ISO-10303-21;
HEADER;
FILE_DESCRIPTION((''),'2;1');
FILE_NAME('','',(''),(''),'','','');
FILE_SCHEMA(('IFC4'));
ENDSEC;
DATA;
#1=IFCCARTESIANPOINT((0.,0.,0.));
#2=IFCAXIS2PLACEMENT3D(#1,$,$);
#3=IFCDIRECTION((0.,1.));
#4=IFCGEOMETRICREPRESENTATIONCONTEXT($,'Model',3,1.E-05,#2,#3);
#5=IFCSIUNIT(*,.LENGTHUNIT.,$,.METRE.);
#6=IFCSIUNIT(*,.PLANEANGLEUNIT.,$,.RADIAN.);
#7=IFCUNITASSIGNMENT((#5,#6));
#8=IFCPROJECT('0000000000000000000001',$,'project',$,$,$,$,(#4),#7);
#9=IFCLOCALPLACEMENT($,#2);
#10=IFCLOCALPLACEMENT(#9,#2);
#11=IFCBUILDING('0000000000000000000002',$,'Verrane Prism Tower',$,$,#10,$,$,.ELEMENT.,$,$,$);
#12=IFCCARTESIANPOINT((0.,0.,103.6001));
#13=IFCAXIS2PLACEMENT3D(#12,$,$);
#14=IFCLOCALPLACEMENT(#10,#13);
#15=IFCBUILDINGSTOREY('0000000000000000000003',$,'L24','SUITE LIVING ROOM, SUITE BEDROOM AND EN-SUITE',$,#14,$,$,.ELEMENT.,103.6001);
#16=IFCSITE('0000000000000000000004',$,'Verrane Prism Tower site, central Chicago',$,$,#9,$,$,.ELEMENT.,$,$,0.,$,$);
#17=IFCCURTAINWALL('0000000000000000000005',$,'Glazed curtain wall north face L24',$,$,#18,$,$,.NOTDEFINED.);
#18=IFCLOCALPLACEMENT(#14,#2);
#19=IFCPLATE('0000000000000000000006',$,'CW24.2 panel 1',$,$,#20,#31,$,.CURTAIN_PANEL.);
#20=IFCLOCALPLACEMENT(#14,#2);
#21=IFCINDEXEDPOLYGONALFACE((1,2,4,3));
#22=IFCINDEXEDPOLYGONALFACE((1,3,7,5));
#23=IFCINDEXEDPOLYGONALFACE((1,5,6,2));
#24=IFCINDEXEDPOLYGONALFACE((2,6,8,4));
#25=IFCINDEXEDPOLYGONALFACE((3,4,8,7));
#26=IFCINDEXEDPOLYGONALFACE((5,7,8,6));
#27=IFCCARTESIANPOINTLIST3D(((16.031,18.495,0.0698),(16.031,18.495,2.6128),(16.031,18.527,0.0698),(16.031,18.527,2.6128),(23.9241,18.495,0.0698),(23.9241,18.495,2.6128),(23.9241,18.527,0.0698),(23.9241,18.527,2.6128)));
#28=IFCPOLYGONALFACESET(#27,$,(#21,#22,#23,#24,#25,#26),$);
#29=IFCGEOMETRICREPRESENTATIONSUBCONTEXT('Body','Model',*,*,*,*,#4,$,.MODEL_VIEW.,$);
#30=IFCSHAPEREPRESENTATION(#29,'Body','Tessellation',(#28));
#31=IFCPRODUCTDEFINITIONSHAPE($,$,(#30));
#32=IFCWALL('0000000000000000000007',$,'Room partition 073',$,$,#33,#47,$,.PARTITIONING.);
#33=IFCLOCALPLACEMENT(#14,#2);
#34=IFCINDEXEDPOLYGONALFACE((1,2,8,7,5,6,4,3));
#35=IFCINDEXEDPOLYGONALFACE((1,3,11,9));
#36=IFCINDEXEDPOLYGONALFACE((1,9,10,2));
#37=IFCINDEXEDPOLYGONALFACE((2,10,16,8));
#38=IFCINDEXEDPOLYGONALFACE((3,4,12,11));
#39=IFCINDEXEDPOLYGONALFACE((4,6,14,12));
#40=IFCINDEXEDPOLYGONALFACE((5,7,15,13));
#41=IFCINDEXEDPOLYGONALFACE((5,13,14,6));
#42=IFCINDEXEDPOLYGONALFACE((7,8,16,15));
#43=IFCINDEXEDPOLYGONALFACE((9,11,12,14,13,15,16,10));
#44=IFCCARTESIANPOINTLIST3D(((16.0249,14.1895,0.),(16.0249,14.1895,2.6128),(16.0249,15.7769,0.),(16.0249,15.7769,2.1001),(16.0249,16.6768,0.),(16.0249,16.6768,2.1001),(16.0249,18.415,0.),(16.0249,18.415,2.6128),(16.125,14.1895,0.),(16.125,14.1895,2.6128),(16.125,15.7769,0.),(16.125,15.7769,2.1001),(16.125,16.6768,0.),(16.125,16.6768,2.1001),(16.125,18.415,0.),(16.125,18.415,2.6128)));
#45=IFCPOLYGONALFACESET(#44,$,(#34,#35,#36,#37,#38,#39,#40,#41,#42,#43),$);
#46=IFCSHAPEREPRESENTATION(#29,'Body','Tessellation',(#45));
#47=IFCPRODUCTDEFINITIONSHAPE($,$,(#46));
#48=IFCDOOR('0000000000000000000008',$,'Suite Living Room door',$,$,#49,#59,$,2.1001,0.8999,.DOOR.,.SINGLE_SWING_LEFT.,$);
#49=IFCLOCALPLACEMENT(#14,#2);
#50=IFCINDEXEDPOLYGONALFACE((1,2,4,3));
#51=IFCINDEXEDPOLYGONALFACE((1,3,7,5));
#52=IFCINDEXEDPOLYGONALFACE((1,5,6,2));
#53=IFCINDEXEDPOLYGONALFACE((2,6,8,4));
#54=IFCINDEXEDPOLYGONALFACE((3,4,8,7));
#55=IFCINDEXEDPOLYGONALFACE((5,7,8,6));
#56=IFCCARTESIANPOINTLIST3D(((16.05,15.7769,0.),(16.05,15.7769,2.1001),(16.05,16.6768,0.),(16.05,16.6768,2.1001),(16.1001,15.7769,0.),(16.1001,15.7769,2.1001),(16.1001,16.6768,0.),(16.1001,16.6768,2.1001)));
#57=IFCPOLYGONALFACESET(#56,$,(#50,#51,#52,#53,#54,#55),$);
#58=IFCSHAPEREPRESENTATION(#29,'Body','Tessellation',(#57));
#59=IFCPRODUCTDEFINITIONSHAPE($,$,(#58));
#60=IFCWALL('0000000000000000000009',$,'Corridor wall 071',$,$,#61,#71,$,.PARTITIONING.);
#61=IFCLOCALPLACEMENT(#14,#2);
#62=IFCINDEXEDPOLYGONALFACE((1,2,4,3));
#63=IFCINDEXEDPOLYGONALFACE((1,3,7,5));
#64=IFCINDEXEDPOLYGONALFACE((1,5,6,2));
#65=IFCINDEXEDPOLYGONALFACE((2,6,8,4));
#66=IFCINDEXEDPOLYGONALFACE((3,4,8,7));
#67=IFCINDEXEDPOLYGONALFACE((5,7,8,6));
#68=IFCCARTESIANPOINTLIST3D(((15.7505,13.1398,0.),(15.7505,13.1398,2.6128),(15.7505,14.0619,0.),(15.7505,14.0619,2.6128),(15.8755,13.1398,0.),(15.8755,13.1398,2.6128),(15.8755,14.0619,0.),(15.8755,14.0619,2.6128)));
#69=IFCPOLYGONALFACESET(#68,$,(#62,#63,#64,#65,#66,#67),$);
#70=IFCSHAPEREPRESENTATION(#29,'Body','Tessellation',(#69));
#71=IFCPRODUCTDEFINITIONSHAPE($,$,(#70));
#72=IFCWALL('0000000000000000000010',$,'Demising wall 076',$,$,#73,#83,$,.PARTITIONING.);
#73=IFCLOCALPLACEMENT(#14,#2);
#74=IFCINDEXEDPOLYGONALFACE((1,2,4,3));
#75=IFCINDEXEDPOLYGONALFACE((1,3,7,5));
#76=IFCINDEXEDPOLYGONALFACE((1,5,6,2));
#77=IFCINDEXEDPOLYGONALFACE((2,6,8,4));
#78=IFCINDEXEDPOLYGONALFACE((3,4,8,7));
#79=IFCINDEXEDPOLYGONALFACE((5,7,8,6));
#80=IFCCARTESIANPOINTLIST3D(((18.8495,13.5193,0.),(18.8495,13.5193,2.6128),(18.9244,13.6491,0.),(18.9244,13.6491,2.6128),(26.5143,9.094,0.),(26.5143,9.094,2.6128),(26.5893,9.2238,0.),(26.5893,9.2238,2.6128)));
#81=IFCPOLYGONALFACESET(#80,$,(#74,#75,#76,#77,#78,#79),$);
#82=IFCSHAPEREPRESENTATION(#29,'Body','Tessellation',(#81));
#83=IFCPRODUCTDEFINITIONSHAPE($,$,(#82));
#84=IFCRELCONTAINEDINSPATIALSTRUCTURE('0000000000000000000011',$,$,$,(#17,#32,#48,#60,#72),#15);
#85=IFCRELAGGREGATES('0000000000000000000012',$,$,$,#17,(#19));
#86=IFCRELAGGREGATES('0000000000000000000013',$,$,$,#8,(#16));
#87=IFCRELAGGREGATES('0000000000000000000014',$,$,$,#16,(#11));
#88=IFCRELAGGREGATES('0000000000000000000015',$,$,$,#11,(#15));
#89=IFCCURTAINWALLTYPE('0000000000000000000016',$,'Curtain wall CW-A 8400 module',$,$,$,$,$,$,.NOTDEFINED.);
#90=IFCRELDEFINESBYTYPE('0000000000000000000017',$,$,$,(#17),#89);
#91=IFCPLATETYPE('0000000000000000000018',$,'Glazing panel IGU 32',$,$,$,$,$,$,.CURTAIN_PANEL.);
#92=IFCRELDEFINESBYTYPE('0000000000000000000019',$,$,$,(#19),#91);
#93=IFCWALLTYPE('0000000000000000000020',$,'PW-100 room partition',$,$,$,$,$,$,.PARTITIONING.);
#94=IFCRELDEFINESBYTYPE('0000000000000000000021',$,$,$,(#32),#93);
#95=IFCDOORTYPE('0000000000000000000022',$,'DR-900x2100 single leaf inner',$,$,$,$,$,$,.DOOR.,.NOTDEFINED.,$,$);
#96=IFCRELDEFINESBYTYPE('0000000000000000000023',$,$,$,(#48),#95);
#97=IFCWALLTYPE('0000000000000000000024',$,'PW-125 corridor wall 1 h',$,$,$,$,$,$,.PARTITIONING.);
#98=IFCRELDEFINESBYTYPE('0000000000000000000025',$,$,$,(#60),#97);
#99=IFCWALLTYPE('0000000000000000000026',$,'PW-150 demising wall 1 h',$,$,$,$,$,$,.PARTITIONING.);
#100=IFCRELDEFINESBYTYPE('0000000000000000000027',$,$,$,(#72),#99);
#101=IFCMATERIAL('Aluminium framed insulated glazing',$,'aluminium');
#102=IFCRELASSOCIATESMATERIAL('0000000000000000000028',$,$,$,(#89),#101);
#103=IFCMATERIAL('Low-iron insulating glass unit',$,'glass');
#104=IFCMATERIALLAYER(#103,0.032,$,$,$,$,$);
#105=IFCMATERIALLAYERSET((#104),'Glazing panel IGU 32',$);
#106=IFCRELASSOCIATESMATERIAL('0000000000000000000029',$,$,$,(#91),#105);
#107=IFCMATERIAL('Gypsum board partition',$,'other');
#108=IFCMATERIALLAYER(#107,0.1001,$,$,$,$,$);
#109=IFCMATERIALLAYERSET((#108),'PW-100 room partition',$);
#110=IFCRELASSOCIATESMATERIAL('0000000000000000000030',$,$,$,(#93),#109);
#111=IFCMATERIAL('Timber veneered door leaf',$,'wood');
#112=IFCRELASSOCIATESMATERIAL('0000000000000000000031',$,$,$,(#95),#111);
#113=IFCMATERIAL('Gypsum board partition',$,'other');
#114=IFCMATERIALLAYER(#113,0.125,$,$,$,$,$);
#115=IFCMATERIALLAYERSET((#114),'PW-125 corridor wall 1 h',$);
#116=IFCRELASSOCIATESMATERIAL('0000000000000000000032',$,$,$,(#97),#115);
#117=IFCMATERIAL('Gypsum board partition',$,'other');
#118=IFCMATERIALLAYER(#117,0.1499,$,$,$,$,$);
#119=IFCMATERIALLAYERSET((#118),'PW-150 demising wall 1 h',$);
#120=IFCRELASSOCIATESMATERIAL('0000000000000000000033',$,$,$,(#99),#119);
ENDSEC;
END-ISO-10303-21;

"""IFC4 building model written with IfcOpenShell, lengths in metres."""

from ifc_helpers import new_model, si_unit, direction, frame, frame_2d, origin, origin_2d, place, context, subcontext, project, spatial, rectangle, extrude, material, layer, layer_set, type_object, element, fill, aggregate, save


model = new_model("IFC4")

# Units and contexts
model_context = context("Model", 3, precision=1e-05, world=origin(), true_north=direction((0.0, 1.0)))
body_context = subcontext(model_context, "Body", "Model", "MODEL_VIEW")
ifc_project = project(units=[si_unit("LENGTHUNIT", "METRE"), si_unit("PLANEANGLEUNIT", "RADIAN")], contexts=[model_context])

# Site, building, storey
site_placement = place(None, origin())
site = spatial("IfcSite", under=ifc_project, at=site_placement, Name="Verrane Prism Tower site, central Chicago", CompositionType="ELEMENT", RefElevation=0.0)
building_placement = place(site_placement, origin())
building = spatial("IfcBuilding", under=site, at=building_placement, Name="Verrane Prism Tower", CompositionType="ELEMENT")
storey_placement = place(building_placement, frame((0.0, 0.0, 103.6001)))
storey = spatial("IfcBuildingStorey", under=building, at=storey_placement, Name="L24", Description="SUITE LIVING ROOM, SUITE BEDROOM AND EN-SUITE", CompositionType="ELEMENT", Elevation=103.6001)

# Curtain wall
ifc_material_1 = material(Name="Aluminium framed insulated glazing", Category="aluminium")
curtain_wall_type_1 = type_object("IfcCurtainWallType", Name="Curtain wall CW-A 8400 module", PredefinedType="NOTDEFINED", material=ifc_material_1)
curtain_wall_1_placement = place(storey_placement, origin())
curtain_wall_1 = element("IfcCurtainWall", 1, at=curtain_wall_1_placement, inside=storey, type_object=curtain_wall_type_1, Name="Glazed curtain wall north face L24", PredefinedType="NOTDEFINED")

# Plate
ifc_material_2 = material(Name="Low-iron insulating glass unit", Category="glass")
ifc_layer_1 = layer(ifc_material_2, 0.032)
ifc_layer_set_1 = layer_set([ifc_layer_1], Name="Glazing panel IGU 32")
plate_type_1 = type_object("IfcPlateType", Name="Glazing panel IGU 32", PredefinedType="CURTAIN_PANEL", material=ifc_layer_set_1)
plate_1_placement = place(storey_placement, frame((19.9775, 18.511, 0.0698), z_axis=(0.0, 0.0, 1.0), x_axis=(-1.0, 0.0, 0.0)))
plate_1 = element("IfcPlate", 2, at=plate_1_placement, type_object=plate_type_1, Name="CW24.2 panel 1", PredefinedType="CURTAIN_PANEL", context=body_context, shape_type="SweptSolid", body=[
    extrude(rectangle(XDim=7.8931, YDim=0.032, at=origin_2d()), origin(), (0.0, 0.0, 1.0), 2.543),
])
aggregate(curtain_wall_1, [plate_1])

# Wall, opening, door
ifc_material_3 = material(Name="Gypsum board partition", Category="other")
ifc_layer_2 = layer(ifc_material_3, 0.1001)
ifc_layer_set_2 = layer_set([ifc_layer_2], Name="PW-100 room partition")
wall_type_1 = type_object("IfcWallType", Name="PW-100 room partition", PredefinedType="PARTITIONING", material=ifc_layer_set_2)
wall_1_placement = place(storey_placement, frame((16.075, 14.1895, 0.0), z_axis=(0.0, 0.0, 1.0), x_axis=(0.0, 1.0, 0.0)))
wall_1 = element("IfcWall", 3, at=wall_1_placement, inside=storey, type_object=wall_type_1, Name="Room partition 073", PredefinedType="PARTITIONING", context=body_context, shape_type="SweptSolid", body=[
    extrude(rectangle(XDim=4.2256, YDim=0.1001, at=frame_2d((2.1128, 0.0))), origin(), (0.0, 0.0, 1.0), 2.6128),
])
opening_placement = place(wall_1_placement, frame((1.5874, 0.0, 0.0)))
opening = element("IfcOpeningElement", 4, at=opening_placement, cuts=wall_1, PredefinedType="OPENING", context=body_context, shape_type="SweptSolid", body=[
    extrude(rectangle(XDim=0.8999, YDim=2.1001, at=frame_2d((0.45, 1.05))), frame((0.0, 0.0601, 0.0), z_axis=(0.0, -1.0, 0.0), x_axis=(1.0, 0.0, 0.0)), (0.0, 0.0, 1.0), 0.1201),
])
ifc_material_4 = material(Name="Timber veneered door leaf", Category="wood")
door_type = type_object("IfcDoorType", Name="DR-900x2100 single leaf inner", OperationType="NOTDEFINED", PredefinedType="DOOR", material=ifc_material_4)
door_placement = place(opening_placement, origin())
door = element("IfcDoor", 5, at=door_placement, inside=storey, type_object=door_type, Name="Suite Living Room door", OperationType="SINGLE_SWING_LEFT", OverallHeight=2.1001, OverallWidth=0.8999, PredefinedType="DOOR", context=body_context, shape_type="SweptSolid", body=[
    extrude(rectangle(XDim=0.8999, YDim=2.1001, at=frame_2d((0.45, 1.05))), frame((0.0, 0.0249, 0.0), z_axis=(0.0, -1.0, 0.0), x_axis=(1.0, 0.0, 0.0)), (0.0, 0.0, 1.0), 0.05),
])
fill(opening, door)

# Walls
ifc_material_5 = material(Name="Gypsum board partition", Category="other")
ifc_layer_3 = layer(ifc_material_5, 0.125)
ifc_layer_set_3 = layer_set([ifc_layer_3], Name="PW-125 corridor wall 1 h")
wall_type_2 = type_object("IfcWallType", Name="PW-125 corridor wall 1 h", PredefinedType="PARTITIONING", material=ifc_layer_set_3)
wall_2_placement = place(storey_placement, frame((15.813, 13.1399, 0.0), z_axis=(0.0, 0.0, 1.0), x_axis=(0.0, 1.0, 0.0)))
element("IfcWall", 6, at=wall_2_placement, inside=storey, type_object=wall_type_2, Name="Corridor wall 071", PredefinedType="PARTITIONING", context=body_context, shape_type="SweptSolid", body=[
    extrude(rectangle(XDim=0.9221, YDim=0.125, at=frame_2d((0.4609, 0.0))), origin(), (0.0, 0.0, 1.0), 2.6128),
])
ifc_material_6 = material(Name="Gypsum board partition", Category="other")
ifc_layer_4 = layer(ifc_material_6, 0.1499)
ifc_layer_set_4 = layer_set([ifc_layer_4], Name="PW-150 demising wall 1 h")
wall_type_3 = type_object("IfcWallType", Name="PW-150 demising wall 1 h", PredefinedType="PARTITIONING", material=ifc_layer_set_4)
wall_3_placement = place(storey_placement, frame((18.887, 13.5842, 0.0), z_axis=(0.0, 0.0, 1.0), x_axis=(0.866024, -0.500002, 0.0)))
element("IfcWall", 7, at=wall_3_placement, inside=storey, type_object=wall_type_3, Name="Demising wall 076", PredefinedType="PARTITIONING", context=body_context, shape_type="SweptSolid", body=[
    extrude(rectangle(XDim=8.8506, YDim=0.1499, at=frame_2d((4.4253, 0.0))), origin(), (0.0, 0.0, 1.0), 2.6128),
])

save(model, "model.ifc")
